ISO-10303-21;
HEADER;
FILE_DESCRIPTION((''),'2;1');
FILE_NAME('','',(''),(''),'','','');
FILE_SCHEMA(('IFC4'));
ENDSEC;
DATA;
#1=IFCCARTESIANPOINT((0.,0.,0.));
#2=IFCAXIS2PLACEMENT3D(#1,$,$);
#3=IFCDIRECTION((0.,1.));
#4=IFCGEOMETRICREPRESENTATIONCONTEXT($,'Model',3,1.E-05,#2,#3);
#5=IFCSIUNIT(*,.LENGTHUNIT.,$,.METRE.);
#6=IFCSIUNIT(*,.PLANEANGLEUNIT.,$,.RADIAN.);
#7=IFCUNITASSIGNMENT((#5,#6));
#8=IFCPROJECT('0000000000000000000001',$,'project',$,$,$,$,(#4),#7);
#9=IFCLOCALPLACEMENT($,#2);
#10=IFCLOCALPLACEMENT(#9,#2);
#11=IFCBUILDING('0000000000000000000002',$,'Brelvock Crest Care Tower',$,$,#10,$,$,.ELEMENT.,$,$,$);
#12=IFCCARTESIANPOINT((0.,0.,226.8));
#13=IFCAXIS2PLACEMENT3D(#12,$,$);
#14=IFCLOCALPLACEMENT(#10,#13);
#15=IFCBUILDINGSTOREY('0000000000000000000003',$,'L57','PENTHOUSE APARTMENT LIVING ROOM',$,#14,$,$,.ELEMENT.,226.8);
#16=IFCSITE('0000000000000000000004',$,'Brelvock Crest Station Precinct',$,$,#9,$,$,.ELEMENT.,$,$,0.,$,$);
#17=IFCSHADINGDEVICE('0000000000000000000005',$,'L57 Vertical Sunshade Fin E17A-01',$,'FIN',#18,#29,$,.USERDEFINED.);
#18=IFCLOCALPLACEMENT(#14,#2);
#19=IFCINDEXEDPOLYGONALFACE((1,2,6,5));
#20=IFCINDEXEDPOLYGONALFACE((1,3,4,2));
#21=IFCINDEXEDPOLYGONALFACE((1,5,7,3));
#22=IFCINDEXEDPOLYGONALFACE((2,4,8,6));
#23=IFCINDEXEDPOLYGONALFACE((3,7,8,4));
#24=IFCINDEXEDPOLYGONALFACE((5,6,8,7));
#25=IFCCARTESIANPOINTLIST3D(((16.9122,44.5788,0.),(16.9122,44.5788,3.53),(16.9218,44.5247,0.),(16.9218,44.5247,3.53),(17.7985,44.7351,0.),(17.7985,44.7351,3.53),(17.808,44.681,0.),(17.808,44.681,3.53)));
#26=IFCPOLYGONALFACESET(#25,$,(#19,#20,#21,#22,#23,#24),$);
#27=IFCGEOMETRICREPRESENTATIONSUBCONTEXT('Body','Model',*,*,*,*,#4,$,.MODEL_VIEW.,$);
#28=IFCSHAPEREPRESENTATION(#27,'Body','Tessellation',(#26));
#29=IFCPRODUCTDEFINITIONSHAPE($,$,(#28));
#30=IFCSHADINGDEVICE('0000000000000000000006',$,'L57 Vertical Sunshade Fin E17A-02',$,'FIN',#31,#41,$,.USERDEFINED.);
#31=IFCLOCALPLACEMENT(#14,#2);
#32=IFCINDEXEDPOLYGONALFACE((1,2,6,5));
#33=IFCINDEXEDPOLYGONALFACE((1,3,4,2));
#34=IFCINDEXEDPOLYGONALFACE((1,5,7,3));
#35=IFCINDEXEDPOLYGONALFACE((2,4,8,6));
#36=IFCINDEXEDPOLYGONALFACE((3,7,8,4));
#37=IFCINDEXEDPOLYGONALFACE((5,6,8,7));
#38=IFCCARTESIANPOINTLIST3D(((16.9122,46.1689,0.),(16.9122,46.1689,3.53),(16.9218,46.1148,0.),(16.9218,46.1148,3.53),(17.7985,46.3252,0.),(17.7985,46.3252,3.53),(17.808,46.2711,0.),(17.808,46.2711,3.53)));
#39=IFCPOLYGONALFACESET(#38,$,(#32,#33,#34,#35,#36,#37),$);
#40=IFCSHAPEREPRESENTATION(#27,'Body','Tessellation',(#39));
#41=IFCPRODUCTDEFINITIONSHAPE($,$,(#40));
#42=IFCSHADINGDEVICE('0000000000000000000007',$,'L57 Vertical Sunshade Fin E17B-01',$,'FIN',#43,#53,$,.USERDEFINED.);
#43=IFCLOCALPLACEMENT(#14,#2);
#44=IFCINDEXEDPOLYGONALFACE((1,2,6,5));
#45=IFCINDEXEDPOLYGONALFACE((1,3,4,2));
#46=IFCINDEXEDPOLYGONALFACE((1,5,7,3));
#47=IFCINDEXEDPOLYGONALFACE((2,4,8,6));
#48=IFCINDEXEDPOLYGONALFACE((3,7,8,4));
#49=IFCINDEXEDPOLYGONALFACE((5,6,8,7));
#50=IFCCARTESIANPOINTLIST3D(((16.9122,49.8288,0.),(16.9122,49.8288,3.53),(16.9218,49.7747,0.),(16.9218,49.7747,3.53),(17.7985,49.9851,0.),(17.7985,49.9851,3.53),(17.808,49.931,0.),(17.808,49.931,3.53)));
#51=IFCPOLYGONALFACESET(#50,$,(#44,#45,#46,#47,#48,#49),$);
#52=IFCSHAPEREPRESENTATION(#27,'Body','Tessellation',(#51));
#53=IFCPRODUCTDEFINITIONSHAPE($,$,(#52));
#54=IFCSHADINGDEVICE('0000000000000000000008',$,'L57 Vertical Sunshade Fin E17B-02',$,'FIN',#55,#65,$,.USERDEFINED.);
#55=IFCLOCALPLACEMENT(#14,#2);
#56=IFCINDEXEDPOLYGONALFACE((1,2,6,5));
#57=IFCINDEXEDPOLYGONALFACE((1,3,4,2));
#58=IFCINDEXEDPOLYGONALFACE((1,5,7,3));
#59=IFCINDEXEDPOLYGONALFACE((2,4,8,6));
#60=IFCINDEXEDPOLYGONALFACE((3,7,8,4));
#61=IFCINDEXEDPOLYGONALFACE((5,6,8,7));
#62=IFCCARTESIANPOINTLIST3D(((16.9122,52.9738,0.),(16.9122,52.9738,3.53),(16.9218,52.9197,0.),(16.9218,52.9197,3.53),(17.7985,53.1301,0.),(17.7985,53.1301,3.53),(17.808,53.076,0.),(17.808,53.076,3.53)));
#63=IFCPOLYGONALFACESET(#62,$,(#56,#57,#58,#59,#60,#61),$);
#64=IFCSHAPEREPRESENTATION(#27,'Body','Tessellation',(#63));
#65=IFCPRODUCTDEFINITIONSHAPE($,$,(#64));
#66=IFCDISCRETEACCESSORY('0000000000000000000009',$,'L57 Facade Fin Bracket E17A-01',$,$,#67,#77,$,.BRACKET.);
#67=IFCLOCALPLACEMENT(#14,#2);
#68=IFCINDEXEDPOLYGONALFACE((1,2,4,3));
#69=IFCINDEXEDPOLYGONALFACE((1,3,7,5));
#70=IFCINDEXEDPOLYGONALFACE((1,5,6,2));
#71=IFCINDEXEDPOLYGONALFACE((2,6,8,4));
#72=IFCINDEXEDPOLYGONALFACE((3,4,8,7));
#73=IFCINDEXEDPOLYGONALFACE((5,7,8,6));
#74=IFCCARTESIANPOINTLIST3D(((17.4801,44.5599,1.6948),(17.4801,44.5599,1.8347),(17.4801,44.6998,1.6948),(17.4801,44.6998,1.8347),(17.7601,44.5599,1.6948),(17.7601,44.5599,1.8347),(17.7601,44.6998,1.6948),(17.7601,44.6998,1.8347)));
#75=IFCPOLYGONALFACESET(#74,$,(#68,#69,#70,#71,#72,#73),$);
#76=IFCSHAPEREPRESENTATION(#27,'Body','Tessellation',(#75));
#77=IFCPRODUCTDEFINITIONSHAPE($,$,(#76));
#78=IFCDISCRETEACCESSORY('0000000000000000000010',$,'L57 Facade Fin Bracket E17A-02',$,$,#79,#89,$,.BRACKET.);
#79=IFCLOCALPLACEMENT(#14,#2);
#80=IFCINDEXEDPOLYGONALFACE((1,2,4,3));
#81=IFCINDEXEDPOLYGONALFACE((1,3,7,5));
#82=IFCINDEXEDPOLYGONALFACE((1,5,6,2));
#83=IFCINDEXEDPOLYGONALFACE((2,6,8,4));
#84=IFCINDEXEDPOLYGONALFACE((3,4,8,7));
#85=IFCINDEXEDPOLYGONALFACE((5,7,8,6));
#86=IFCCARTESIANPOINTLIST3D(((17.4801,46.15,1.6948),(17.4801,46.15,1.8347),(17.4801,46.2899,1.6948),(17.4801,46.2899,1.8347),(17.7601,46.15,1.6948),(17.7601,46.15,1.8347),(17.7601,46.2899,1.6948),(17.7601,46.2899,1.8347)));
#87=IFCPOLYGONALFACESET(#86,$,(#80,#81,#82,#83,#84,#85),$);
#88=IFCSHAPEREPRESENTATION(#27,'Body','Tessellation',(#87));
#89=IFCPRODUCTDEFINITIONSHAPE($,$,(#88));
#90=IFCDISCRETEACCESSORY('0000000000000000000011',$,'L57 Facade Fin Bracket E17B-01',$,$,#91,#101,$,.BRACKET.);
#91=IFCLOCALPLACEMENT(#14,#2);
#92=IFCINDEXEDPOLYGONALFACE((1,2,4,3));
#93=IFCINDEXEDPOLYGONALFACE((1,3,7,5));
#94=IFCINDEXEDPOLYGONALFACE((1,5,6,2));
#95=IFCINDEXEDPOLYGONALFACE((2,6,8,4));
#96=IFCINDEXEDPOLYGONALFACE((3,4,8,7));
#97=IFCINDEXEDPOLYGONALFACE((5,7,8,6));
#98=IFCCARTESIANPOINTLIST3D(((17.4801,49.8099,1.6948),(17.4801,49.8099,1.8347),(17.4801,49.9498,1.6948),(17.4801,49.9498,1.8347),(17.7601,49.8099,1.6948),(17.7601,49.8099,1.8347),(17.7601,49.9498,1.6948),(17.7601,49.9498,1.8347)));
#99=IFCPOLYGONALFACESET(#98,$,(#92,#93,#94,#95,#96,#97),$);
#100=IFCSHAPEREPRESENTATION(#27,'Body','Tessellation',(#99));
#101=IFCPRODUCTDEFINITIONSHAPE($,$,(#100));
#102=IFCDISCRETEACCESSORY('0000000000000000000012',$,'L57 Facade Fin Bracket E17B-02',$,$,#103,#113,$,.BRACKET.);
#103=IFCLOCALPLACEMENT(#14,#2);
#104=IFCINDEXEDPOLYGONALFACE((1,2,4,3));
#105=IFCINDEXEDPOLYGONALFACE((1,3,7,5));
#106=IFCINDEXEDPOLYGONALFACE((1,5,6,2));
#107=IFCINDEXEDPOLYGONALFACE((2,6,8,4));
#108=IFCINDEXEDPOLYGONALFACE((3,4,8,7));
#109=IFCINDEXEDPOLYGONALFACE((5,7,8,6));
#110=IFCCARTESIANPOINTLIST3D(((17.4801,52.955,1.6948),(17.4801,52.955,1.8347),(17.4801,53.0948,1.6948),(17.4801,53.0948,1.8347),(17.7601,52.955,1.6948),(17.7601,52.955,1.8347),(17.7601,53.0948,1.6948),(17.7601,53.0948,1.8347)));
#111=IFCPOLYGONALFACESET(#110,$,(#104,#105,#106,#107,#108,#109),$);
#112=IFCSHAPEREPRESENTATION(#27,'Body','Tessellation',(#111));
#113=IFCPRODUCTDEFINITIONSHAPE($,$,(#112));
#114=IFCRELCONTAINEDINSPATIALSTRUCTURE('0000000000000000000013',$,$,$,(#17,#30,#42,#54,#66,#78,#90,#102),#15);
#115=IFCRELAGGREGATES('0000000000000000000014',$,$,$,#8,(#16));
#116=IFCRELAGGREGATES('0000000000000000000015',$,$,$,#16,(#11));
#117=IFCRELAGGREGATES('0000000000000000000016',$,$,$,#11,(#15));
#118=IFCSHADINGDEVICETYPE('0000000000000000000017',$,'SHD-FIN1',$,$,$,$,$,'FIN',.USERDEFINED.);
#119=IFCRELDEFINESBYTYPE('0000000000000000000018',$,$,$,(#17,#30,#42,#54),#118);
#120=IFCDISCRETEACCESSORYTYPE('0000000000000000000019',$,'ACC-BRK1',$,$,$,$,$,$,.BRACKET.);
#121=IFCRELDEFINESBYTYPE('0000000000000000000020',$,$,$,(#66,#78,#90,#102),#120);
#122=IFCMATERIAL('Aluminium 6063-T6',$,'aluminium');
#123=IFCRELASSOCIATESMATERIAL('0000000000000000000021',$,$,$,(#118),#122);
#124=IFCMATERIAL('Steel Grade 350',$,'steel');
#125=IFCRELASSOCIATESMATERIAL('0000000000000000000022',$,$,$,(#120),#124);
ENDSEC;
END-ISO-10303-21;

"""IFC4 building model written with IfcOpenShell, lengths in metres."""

from ifc_helpers import new_model, si_unit, direction, frame, origin, origin_2d, place, context, subcontext, project, spatial, rectangle, extrude, source, transform, mapped, material, material_profile, profile_set, type_object, element, save


model = new_model("IFC4")

# Units and contexts
model_context = context("Model", 3, precision=1e-05, world=origin(), true_north=direction((0.0, 1.0)))
body_context = subcontext(model_context, "Body", "Model", "MODEL_VIEW")
ifc_project = project(units=[si_unit("LENGTHUNIT", "METRE"), si_unit("PLANEANGLEUNIT", "RADIAN")], contexts=[model_context])

# Site, building, storey
site_placement = place(None, origin())
site = spatial("IfcSite", under=ifc_project, at=site_placement, Name="Brelvock Crest Station Precinct", CompositionType="ELEMENT", RefElevation=0.0)
building_placement = place(site_placement, origin())
building = spatial("IfcBuilding", under=site, at=building_placement, Name="Brelvock Crest Care Tower", CompositionType="ELEMENT")
storey_placement = place(building_placement, frame((0.0, 0.0, 226.8)))
storey = spatial("IfcBuildingStorey", under=building, at=storey_placement, Name="L57", Description="PENTHOUSE APARTMENT LIVING ROOM", CompositionType="ELEMENT", Elevation=226.8)

# Shared definitions
ifc_material_1 = material(Name="Steel Grade 350", Category="steel")

# Shared definitions
ifc_material_2 = material(Name="Aluminium 6063-T6", Category="aluminium")

# Shading devices
ifc_material_profile_1 = material_profile(ifc_material_2, rectangle(XDim=0.0549, YDim=0.8999, at=origin_2d()), Name="FIN55x900")
ifc_profile_set_1 = profile_set([ifc_material_profile_1], Name="Aluminium 6063-T6")
shading_device_type = type_object("IfcShadingDeviceType", Name="SHD-FIN1", ElementType="FIN", PredefinedType="USERDEFINED", material=ifc_profile_set_1)
shared_shape_1 = source(origin(), body_context, "Body", "SweptSolid", [
    extrude(rectangle(XDim=0.0549, YDim=0.8999, at=origin_2d()), origin(), (0.0, 0.0, 1.0), 3.53),
])
for number, where, z_axis, x_axis, name in (
    (1, (17.3601, 44.6299, 0.0), (0.0, 0.0, 1.0), (-0.173648, 0.984808, 0.0), "L57 Vertical Sunshade Fin E17A-01"),
    (2, (17.3601, 46.22, 0.0), (0.0, 0.0, 1.0), (-0.173648, 0.984808, 0.0), "L57 Vertical Sunshade Fin E17A-02"),
    (3, (17.3601, 49.8799, 0.0), (0.0, 0.0, 1.0), (-0.173648, 0.984808, 0.0), "L57 Vertical Sunshade Fin E17B-01"),
    (4, (17.3601, 53.0249, 0.0), (0.0, 0.0, 1.0), (-0.173648, 0.984808, 0.0), "L57 Vertical Sunshade Fin E17B-02"),
):
    element("IfcShadingDevice", number, at=place(storey_placement, frame(where, z_axis=z_axis, x_axis=x_axis)), inside=storey, type_object=shading_device_type, Name=name, ObjectType="FIN", PredefinedType="USERDEFINED", context=body_context, shape_type="MappedRepresentation", body=[
        mapped(shared_shape_1, transform((0.0, 0.0, 0.0), x_axis=(1.0, 0.0, 0.0), y_axis=(0.0, 1.0, 0.0), z_axis=(0.0, 0.0, 1.0), scale=1.0)),
    ])

# Discrete accessories
discrete_accessory_type = type_object("IfcDiscreteAccessoryType", Name="ACC-BRK1", PredefinedType="BRACKET", material=ifc_material_1)
shared_shape_2 = source(origin(), body_context, "Body", "SweptSolid", [
    extrude(rectangle(XDim=0.28, YDim=0.1399, at=origin_2d()), origin(), (0.0, 0.0, 1.0), 0.1399),
])
for number, where, z_axis, x_axis, name in (
    (5, (17.6201, 44.6299, 1.6948), (0.0, 0.0, 1.0), (-1.0, 0.0, 0.0), "L57 Facade Fin Bracket E17A-01"),
    (6, (17.6201, 46.22, 1.6948), (0.0, 0.0, 1.0), (-1.0, 0.0, 0.0), "L57 Facade Fin Bracket E17A-02"),
    (7, (17.6201, 49.8799, 1.6948), (0.0, 0.0, 1.0), (-1.0, 0.0, 0.0), "L57 Facade Fin Bracket E17B-01"),
    (8, (17.6201, 53.0249, 1.6948), (0.0, 0.0, 1.0), (-1.0, 0.0, 0.0), "L57 Facade Fin Bracket E17B-02"),
):
    element("IfcDiscreteAccessory", number, at=place(storey_placement, frame(where, z_axis=z_axis, x_axis=x_axis)), inside=storey, type_object=discrete_accessory_type, Name=name, PredefinedType="BRACKET", context=body_context, shape_type="MappedRepresentation", body=[
        mapped(shared_shape_2, transform((0.0, 0.0, 0.0), x_axis=(1.0, 0.0, 0.0), y_axis=(0.0, 1.0, 0.0), z_axis=(0.0, 0.0, 1.0), scale=1.0)),
    ])

save(model, "model.ifc")
